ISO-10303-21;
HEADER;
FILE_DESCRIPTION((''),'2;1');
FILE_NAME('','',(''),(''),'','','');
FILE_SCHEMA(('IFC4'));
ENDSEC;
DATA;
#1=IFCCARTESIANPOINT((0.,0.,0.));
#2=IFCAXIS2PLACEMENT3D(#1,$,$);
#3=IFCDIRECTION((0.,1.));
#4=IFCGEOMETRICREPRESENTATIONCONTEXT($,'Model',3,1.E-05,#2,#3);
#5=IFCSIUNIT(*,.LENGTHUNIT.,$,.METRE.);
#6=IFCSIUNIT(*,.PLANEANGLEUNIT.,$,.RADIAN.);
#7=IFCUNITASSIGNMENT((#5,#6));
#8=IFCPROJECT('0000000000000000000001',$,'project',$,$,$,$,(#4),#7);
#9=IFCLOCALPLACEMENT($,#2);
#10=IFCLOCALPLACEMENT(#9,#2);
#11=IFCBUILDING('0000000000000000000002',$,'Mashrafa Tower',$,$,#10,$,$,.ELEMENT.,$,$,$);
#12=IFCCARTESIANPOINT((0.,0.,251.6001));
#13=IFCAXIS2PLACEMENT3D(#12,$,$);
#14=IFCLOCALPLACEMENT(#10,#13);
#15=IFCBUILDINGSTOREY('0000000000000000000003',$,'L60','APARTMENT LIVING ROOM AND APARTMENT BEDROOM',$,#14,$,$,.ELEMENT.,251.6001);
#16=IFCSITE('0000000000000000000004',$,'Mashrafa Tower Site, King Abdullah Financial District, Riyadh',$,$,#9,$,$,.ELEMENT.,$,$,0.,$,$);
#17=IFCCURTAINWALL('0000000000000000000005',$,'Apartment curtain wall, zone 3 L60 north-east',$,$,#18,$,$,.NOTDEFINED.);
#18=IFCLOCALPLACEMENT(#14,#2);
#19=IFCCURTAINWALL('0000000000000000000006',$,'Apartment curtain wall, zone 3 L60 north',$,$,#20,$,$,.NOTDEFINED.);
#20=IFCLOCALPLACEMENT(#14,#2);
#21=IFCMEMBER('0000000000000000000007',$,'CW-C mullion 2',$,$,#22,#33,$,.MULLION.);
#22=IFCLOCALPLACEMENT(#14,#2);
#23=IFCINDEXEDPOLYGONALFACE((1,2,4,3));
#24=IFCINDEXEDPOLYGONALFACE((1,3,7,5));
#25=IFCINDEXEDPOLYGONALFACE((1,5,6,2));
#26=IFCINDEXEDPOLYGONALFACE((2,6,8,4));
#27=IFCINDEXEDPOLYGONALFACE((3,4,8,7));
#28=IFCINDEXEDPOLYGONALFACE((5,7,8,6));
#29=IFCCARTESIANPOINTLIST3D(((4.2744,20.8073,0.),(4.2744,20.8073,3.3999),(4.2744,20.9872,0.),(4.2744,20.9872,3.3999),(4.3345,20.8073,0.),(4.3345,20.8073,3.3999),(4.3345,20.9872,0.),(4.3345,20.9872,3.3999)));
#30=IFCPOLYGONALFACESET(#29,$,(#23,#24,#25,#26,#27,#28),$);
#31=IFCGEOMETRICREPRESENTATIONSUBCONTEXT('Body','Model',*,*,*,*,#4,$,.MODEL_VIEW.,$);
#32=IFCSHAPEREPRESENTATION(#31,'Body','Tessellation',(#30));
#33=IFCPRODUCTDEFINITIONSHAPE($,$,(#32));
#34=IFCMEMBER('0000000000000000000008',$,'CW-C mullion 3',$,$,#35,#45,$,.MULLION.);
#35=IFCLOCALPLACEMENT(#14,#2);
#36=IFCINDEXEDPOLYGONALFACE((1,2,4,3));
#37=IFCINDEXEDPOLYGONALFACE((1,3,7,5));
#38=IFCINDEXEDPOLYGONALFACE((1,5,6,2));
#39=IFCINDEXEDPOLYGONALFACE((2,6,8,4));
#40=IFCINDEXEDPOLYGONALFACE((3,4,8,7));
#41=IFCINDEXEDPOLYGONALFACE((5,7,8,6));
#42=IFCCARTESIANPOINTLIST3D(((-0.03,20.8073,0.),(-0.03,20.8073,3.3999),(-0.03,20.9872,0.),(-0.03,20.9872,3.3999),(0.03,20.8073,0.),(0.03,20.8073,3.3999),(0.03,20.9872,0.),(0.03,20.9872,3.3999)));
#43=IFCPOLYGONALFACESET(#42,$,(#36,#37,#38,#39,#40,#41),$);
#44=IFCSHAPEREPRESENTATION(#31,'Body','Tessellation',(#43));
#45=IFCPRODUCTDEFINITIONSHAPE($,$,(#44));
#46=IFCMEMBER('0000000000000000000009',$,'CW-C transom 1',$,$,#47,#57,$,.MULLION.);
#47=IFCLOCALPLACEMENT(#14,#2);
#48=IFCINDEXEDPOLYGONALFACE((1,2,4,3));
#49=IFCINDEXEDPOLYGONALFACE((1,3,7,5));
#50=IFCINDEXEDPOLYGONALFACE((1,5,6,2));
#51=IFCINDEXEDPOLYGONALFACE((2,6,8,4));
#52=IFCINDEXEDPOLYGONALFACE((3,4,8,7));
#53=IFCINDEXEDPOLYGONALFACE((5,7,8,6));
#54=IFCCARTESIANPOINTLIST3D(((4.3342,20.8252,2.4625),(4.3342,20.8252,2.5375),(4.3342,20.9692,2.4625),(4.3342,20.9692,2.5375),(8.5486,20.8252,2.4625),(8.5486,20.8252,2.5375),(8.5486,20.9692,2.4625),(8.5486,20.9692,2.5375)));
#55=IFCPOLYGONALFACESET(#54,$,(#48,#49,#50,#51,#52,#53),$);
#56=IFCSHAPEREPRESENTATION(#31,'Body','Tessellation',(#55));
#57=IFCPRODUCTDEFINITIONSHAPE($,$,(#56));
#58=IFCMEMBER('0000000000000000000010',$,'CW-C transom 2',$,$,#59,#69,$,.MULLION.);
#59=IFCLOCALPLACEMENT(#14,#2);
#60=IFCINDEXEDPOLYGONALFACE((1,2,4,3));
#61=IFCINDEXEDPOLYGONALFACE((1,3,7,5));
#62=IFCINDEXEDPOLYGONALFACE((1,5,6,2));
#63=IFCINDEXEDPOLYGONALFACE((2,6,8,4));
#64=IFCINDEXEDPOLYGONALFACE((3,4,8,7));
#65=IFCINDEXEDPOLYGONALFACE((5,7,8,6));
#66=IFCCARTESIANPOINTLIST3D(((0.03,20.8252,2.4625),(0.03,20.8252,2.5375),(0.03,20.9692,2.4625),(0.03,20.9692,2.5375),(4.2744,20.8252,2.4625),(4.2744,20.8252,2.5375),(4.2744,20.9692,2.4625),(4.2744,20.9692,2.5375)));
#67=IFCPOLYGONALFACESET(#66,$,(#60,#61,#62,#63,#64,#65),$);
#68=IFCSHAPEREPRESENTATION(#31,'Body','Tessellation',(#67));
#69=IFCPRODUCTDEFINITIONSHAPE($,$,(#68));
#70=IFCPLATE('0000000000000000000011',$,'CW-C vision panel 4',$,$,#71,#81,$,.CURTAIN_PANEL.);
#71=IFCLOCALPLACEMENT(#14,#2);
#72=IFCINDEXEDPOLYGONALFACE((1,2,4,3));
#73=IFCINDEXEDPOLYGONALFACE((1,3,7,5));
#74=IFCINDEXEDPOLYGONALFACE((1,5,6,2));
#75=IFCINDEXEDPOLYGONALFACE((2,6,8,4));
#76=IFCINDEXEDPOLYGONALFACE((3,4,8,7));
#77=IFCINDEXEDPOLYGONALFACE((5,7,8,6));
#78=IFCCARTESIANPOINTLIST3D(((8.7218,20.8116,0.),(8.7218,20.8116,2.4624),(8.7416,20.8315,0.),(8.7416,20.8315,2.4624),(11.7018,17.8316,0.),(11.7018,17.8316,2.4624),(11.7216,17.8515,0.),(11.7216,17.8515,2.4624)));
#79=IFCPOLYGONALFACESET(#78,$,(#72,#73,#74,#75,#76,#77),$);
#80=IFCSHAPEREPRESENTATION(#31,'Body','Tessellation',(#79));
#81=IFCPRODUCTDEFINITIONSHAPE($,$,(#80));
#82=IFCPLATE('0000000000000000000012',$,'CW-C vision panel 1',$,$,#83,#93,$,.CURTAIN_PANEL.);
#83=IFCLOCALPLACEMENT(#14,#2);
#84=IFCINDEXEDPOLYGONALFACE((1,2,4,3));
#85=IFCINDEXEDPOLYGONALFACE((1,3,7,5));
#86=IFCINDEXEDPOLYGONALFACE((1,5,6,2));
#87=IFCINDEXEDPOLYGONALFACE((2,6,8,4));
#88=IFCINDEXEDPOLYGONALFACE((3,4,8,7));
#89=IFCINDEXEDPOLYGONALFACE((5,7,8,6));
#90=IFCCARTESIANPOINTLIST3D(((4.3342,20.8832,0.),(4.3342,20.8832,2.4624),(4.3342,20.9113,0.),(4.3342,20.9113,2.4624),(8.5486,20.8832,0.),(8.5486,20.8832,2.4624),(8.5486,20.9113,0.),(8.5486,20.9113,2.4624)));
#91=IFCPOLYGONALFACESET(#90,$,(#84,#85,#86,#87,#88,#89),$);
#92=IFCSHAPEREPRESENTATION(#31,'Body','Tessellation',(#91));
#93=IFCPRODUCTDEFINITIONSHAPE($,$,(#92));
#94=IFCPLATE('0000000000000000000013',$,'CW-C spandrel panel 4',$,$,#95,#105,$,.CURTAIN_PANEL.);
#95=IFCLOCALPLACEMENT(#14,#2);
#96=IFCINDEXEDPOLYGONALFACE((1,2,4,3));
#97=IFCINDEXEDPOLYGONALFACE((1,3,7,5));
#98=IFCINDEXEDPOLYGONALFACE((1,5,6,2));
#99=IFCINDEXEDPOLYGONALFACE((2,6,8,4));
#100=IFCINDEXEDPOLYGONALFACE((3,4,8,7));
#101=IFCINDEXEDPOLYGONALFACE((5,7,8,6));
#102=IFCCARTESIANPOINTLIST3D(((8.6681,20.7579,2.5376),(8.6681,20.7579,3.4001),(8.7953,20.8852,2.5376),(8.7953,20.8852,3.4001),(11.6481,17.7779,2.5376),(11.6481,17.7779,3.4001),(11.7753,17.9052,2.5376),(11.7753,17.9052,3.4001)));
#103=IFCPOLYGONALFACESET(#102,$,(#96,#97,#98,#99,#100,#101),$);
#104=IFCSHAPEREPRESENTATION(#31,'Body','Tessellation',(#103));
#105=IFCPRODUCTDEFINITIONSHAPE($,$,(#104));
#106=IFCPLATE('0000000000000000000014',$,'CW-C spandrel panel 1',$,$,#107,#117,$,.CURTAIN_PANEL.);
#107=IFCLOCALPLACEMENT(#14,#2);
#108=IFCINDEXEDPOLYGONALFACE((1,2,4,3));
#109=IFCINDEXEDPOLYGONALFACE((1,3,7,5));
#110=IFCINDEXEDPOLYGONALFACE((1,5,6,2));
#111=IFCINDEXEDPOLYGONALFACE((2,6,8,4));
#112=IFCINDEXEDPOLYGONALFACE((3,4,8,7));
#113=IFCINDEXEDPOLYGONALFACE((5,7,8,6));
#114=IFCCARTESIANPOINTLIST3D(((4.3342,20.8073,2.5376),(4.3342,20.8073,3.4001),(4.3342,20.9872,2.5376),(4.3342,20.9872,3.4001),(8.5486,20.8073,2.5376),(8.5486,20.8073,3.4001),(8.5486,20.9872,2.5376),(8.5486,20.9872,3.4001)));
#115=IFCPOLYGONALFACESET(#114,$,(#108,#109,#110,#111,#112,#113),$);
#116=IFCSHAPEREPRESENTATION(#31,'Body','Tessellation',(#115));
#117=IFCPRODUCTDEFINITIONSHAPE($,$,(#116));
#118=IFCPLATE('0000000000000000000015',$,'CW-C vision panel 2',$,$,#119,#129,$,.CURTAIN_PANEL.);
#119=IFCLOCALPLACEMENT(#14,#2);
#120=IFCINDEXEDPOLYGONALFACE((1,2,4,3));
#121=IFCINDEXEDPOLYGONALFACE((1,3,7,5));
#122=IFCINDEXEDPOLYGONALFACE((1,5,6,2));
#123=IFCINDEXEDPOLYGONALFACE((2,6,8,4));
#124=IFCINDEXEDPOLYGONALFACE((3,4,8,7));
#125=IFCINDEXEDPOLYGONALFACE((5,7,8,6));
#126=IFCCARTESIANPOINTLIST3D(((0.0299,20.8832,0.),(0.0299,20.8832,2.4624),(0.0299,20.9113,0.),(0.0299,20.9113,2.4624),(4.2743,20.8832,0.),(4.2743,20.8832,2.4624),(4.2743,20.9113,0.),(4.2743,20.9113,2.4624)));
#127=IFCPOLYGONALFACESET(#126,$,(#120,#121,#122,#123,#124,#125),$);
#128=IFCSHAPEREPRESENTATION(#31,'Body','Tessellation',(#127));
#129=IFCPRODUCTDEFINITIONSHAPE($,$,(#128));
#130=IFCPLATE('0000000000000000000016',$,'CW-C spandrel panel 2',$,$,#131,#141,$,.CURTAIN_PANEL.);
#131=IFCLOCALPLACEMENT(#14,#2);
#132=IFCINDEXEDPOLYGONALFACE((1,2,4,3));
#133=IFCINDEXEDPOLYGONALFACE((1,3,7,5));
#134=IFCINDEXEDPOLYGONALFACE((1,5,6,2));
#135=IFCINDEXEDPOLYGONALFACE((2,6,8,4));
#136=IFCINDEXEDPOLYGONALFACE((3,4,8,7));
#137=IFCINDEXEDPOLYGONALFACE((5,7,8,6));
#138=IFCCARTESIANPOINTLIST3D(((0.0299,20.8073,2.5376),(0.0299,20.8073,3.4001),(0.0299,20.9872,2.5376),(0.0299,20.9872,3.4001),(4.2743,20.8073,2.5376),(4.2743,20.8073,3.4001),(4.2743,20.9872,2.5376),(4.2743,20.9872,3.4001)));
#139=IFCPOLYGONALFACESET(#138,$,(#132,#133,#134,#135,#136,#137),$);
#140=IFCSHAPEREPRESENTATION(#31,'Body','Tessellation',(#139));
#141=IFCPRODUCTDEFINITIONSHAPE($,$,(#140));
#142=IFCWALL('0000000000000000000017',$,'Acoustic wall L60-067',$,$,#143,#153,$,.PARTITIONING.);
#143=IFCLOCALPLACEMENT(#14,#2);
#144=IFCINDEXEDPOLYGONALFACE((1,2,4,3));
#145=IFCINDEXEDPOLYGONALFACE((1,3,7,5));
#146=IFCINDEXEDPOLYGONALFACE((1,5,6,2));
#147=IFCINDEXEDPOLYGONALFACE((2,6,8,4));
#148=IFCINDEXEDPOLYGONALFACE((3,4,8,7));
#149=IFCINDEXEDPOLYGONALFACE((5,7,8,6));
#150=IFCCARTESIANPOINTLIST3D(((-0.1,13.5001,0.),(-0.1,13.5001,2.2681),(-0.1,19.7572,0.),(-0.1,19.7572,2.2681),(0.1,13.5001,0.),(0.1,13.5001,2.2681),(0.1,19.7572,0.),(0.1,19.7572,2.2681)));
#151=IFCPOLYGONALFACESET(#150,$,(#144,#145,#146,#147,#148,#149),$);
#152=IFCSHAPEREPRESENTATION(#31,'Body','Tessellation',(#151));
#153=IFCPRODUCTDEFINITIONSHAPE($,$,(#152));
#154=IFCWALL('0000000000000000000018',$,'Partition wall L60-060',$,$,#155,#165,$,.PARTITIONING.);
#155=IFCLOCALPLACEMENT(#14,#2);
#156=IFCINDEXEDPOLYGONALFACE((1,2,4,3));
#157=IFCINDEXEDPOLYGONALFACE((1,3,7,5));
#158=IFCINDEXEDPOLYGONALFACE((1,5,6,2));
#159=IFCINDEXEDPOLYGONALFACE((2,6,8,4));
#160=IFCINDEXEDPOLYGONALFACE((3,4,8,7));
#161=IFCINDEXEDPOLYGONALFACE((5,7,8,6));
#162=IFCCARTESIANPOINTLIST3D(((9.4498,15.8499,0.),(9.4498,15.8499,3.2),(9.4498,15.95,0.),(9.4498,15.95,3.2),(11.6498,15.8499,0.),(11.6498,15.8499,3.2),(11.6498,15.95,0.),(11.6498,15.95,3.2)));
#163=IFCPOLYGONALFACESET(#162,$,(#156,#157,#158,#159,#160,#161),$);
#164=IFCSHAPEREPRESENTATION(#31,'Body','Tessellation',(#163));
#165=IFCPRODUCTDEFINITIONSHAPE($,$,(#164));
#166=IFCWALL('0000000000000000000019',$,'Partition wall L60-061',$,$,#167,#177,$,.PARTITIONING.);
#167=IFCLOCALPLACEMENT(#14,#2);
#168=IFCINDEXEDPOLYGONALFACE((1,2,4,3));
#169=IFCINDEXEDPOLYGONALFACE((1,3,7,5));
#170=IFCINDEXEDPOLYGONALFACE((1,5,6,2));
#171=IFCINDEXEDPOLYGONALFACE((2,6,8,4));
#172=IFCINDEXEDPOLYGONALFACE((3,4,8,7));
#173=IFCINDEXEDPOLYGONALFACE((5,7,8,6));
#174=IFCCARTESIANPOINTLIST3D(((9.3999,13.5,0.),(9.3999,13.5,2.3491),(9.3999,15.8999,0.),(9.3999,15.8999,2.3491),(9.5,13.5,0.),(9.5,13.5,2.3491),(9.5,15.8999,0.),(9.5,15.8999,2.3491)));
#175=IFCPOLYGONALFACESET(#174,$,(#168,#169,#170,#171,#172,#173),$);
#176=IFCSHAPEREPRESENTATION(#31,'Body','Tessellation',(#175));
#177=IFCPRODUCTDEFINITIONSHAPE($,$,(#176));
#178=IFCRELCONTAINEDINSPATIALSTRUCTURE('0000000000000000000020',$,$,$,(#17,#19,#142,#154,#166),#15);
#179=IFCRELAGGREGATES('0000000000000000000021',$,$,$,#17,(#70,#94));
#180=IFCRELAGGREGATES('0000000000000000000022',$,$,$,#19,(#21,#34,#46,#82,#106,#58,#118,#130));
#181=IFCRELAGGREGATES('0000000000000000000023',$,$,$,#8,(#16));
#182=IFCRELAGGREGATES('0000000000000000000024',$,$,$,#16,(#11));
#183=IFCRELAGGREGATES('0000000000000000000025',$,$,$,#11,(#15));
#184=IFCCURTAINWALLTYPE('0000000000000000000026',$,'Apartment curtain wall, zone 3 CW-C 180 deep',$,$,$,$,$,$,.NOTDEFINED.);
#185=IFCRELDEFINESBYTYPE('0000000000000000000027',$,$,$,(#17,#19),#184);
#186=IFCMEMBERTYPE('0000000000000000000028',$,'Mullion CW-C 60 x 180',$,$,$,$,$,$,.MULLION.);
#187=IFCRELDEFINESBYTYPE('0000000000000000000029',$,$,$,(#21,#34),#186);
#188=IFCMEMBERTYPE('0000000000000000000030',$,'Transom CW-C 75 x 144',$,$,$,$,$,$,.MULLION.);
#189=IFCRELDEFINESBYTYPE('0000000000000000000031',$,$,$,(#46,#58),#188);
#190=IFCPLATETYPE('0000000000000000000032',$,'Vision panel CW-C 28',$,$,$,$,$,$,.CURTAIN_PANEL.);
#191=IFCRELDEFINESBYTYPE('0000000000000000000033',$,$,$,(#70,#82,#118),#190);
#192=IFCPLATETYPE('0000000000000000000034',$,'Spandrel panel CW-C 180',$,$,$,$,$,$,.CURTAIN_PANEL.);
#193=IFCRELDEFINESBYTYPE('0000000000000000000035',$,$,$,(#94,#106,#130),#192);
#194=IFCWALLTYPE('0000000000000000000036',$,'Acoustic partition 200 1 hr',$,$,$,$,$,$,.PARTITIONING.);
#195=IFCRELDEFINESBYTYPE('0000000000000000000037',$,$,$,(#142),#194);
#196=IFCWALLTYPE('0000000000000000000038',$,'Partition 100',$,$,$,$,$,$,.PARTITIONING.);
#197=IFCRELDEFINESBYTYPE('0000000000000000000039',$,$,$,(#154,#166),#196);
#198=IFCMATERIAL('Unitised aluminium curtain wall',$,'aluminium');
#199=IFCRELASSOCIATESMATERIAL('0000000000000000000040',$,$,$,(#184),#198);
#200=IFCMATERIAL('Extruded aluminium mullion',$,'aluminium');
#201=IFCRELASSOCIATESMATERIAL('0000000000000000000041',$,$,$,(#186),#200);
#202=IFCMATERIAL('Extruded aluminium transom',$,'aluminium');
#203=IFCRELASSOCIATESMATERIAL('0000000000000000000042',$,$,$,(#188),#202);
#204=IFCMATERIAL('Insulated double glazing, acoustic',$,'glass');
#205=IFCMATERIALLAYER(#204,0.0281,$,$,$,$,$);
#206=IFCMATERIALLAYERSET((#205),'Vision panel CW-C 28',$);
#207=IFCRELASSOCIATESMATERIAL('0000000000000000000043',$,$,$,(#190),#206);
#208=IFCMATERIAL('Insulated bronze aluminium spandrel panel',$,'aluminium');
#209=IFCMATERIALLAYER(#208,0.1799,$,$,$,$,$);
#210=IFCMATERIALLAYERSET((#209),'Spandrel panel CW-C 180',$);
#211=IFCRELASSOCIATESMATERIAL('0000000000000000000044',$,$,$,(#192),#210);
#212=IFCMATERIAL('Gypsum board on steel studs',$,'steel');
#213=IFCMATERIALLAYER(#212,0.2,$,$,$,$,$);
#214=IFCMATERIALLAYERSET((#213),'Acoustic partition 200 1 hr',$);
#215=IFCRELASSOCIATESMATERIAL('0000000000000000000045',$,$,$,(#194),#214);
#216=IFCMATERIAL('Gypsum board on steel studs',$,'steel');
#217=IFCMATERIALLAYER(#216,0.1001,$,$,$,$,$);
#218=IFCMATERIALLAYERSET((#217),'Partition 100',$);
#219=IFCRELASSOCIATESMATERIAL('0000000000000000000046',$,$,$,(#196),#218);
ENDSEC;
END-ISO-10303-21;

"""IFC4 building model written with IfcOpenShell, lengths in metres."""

from ifc_helpers import new_model, si_unit, direction, frame, frame_2d, origin, origin_2d, place, context, subcontext, project, spatial, rectangle, extrude, source, transform, mapped, material, layer, layer_set, material_profile, profile_set, type_object, type_shapes, element, aggregate, save


model = new_model("IFC4")

# Units and contexts
model_context = context("Model", 3, precision=1e-05, world=origin(), true_north=direction((0.0, 1.0)))
body_context = subcontext(model_context, "Body", "Model", "MODEL_VIEW")
ifc_project = project(units=[si_unit("LENGTHUNIT", "METRE"), si_unit("PLANEANGLEUNIT", "RADIAN")], contexts=[model_context])

# Site, building, storey
site_placement = place(None, origin())
site = spatial("IfcSite", under=ifc_project, at=site_placement, Name="Mashrafa Tower Site, King Abdullah Financial District, Riyadh", CompositionType="ELEMENT", RefElevation=0.0)
building_placement = place(site_placement, origin())
building = spatial("IfcBuilding", under=site, at=building_placement, Name="Mashrafa Tower", CompositionType="ELEMENT")
storey_placement = place(building_placement, frame((0.0, 0.0, 251.6001)))
storey = spatial("IfcBuildingStorey", under=building, at=storey_placement, Name="L60", Description="APARTMENT LIVING ROOM AND APARTMENT BEDROOM", CompositionType="ELEMENT", Elevation=251.6001)

# Curtain wall
ifc_material_1 = material(Name="Unitised aluminium curtain wall", Category="aluminium")
curtain_wall_type = type_object("IfcCurtainWallType", Name="Apartment curtain wall, zone 3 CW-C 180 deep", PredefinedType="NOTDEFINED", material=ifc_material_1)
curtain_wall_1_placement = place(storey_placement, origin())
curtain_wall_1 = element("IfcCurtainWall", 1, at=curtain_wall_1_placement, inside=storey, type_object=curtain_wall_type, Name="Apartment curtain wall, zone 3 L60 north-east", PredefinedType="NOTDEFINED")
ifc_material_2 = material(Name="Extruded aluminium mullion", Category="aluminium")
ifc_material_profile_1 = material_profile(ifc_material_2, rectangle(XDim=0.1799, YDim=0.0601, at=origin_2d()), Name="Mullion 60x180")
ifc_profile_set_1 = profile_set([ifc_material_profile_1], Name="Extruded aluminium mullion")
member_type_1 = type_object("IfcMemberType", Name="Mullion CW-C 60 x 180", PredefinedType="MULLION", material=ifc_profile_set_1)
shared_shape_1 = source(origin(), body_context, "Body", "SweptSolid", [
    extrude(rectangle(XDim=0.1799, YDim=0.0601, at=origin_2d()), origin(), (0.0, 0.0, 1.0), 3.3999),
])
type_shapes(member_type_1, [shared_shape_1])

# Curtain wall, members
curtain_wall_2_placement = place(storey_placement, origin())
curtain_wall_2 = element("IfcCurtainWall", 2, at=curtain_wall_2_placement, inside=storey, type_object=curtain_wall_type, Name="Apartment curtain wall, zone 3 L60 north", PredefinedType="NOTDEFINED")
member_1_placement = place(storey_placement, frame((4.3044, 20.8972, 0.0), z_axis=(0.0, 0.0, 1.0), x_axis=(0.0, -1.0, 0.0)))
member_1 = element("IfcMember", 3, at=member_1_placement, type_object=member_type_1, Name="CW-C mullion 2", PredefinedType="MULLION", context=body_context, shape_type="MappedRepresentation", body=[
    mapped(shared_shape_1, transform((0.0, 0.0, 0.0))),
])
member_2_placement = place(storey_placement, frame((0.0, 20.8972, 0.0), z_axis=(0.0, 0.0, 1.0), x_axis=(0.0, -1.0, 0.0)))
member_2 = element("IfcMember", 4, at=member_2_placement, type_object=member_type_1, Name="CW-C mullion 3", PredefinedType="MULLION", context=body_context, shape_type="MappedRepresentation", body=[
    mapped(shared_shape_1, transform((0.0, 0.0, 0.0))),
])
ifc_material_3 = material(Name="Extruded aluminium transom", Category="aluminium")
ifc_material_profile_2 = material_profile(ifc_material_3, rectangle(XDim=0.144, YDim=0.075, at=origin_2d()), Name="Transom 75x144")
ifc_profile_set_2 = profile_set([ifc_material_profile_2], Name="Extruded aluminium transom")
member_type_2 = type_object("IfcMemberType", Name="Transom CW-C 75 x 144", PredefinedType="MULLION", material=ifc_profile_set_2)
shared_shape_2 = source(origin(), body_context, "Body", "SweptSolid", [
    extrude(rectangle(XDim=0.144, YDim=0.075, at=origin_2d()), origin(), (0.0, 0.0, 1.0), 4.2144),
])
member_3_placement = place(storey_placement, frame((8.5486, 20.8972, 2.5), z_axis=(-1.0, 0.0, 0.0), x_axis=(0.0, -1.0, 0.0)))
member_3 = element("IfcMember", 5, at=member_3_placement, type_object=member_type_2, Name="CW-C transom 1", PredefinedType="MULLION", context=body_context, shape_type="MappedRepresentation", body=[
    mapped(shared_shape_2, transform((0.0, 0.0, 0.0))),
])
shared_shape_3 = source(origin(), body_context, "Body", "SweptSolid", [
    extrude(rectangle(XDim=0.144, YDim=0.075, at=origin_2d()), origin(), (0.0, 0.0, 1.0), 4.2444),
])
type_shapes(member_type_2, [shared_shape_2, shared_shape_3])
member_4_placement = place(storey_placement, frame((4.2744, 20.8972, 2.5), z_axis=(-1.0, 0.0, 0.0), x_axis=(0.0, -1.0, 0.0)))
member_4 = element("IfcMember", 6, at=member_4_placement, type_object=member_type_2, Name="CW-C transom 2", PredefinedType="MULLION", context=body_context, shape_type="MappedRepresentation", body=[
    mapped(shared_shape_3, transform((0.0, 0.0, 0.0))),
])

# Plates
ifc_material_4 = material(Name="Insulated double glazing, acoustic", Category="glass")
ifc_layer_1 = layer(ifc_material_4, 0.0281)
ifc_layer_set_1 = layer_set([ifc_layer_1], Name="Vision panel CW-C 28")
plate_type_1 = type_object("IfcPlateType", Name="Vision panel CW-C 28", PredefinedType="CURTAIN_PANEL", material=ifc_layer_set_1)
shared_shape_4 = source(origin(), body_context, "Body", "SweptSolid", [
    extrude(rectangle(XDim=4.2144, YDim=0.0281, at=origin_2d()), origin(), (0.0, 0.0, 1.0), 2.4624),
])
plate_1_placement = place(storey_placement, frame((10.2217, 19.3315, 0.0), z_axis=(0.0, 0.0, 1.0), x_axis=(-0.707107, 0.707107, 0.0)))
plate_1 = element("IfcPlate", 7, at=plate_1_placement, type_object=plate_type_1, Name="CW-C vision panel 4", PredefinedType="CURTAIN_PANEL", context=body_context, shape_type="MappedRepresentation", body=[
    mapped(shared_shape_4, transform((0.0, 0.0, 0.0))),
])
plate_2_placement = place(storey_placement, frame((6.4414, 20.8972, 0.0), z_axis=(0.0, 0.0, 1.0), x_axis=(-1.0, 0.0, 0.0)))
plate_2 = element("IfcPlate", 8, at=plate_2_placement, type_object=plate_type_1, Name="CW-C vision panel 1", PredefinedType="CURTAIN_PANEL", context=body_context, shape_type="MappedRepresentation", body=[
    mapped(shared_shape_4, transform((0.0, 0.0, 0.0))),
])
ifc_material_5 = material(Name="Insulated bronze aluminium spandrel panel", Category="aluminium")
ifc_layer_2 = layer(ifc_material_5, 0.1799)
ifc_layer_set_2 = layer_set([ifc_layer_2], Name="Spandrel panel CW-C 180")
plate_type_2 = type_object("IfcPlateType", Name="Spandrel panel CW-C 180", PredefinedType="CURTAIN_PANEL", material=ifc_layer_set_2)
shared_shape_5 = source(origin(), body_context, "Body", "SweptSolid", [
    extrude(rectangle(XDim=4.2144, YDim=0.1799, at=origin_2d()), origin(), (0.0, 0.0, 1.0), 0.8625),
])
plate_3_placement = place(storey_placement, frame((10.2217, 19.3315, 2.5376), z_axis=(0.0, 0.0, 1.0), x_axis=(-0.707107, 0.707107, 0.0)))
plate_3 = element("IfcPlate", 9, at=plate_3_placement, type_object=plate_type_2, Name="CW-C spandrel panel 4", PredefinedType="CURTAIN_PANEL", context=body_context, shape_type="MappedRepresentation", body=[
    mapped(shared_shape_5, transform((0.0, 0.0, 0.0))),
])
aggregate(curtain_wall_1, [plate_1, plate_3])
plate_4_placement = place(storey_placement, frame((6.4414, 20.8972, 2.5376), z_axis=(0.0, 0.0, 1.0), x_axis=(-1.0, 0.0, 0.0)))
plate_4 = element("IfcPlate", 10, at=plate_4_placement, type_object=plate_type_2, Name="CW-C spandrel panel 1", PredefinedType="CURTAIN_PANEL", context=body_context, shape_type="MappedRepresentation", body=[
    mapped(shared_shape_5, transform((0.0, 0.0, 0.0))),
])
shared_shape_6 = source(origin(), body_context, "Body", "SweptSolid", [
    extrude(rectangle(XDim=4.2444, YDim=0.0281, at=origin_2d()), origin(), (0.0, 0.0, 1.0), 2.4624),
])
type_shapes(plate_type_1, [shared_shape_4, shared_shape_6])
plate_5_placement = place(storey_placement, frame((2.1521, 20.8972, 0.0), z_axis=(0.0, 0.0, 1.0), x_axis=(-1.0, 0.0, 0.0)))
plate_5 = element("IfcPlate", 11, at=plate_5_placement, type_object=plate_type_1, Name="CW-C vision panel 2", PredefinedType="CURTAIN_PANEL", context=body_context, shape_type="MappedRepresentation", body=[
    mapped(shared_shape_6, transform((0.0, 0.0, 0.0))),
])
shared_shape_7 = source(origin(), body_context, "Body", "SweptSolid", [
    extrude(rectangle(XDim=4.2444, YDim=0.1799, at=origin_2d()), origin(), (0.0, 0.0, 1.0), 0.8625),
])
type_shapes(plate_type_2, [shared_shape_5, shared_shape_7])
plate_6_placement = place(storey_placement, frame((2.1521, 20.8972, 2.5376), z_axis=(0.0, 0.0, 1.0), x_axis=(-1.0, 0.0, 0.0)))
plate_6 = element("IfcPlate", 12, at=plate_6_placement, type_object=plate_type_2, Name="CW-C spandrel panel 2", PredefinedType="CURTAIN_PANEL", context=body_context, shape_type="MappedRepresentation", body=[
    mapped(shared_shape_7, transform((0.0, 0.0, 0.0))),
])
aggregate(curtain_wall_2, [member_1, member_2, member_3, plate_2, plate_4, member_4, plate_5, plate_6])

# Walls
ifc_material_6 = material(Name="Gypsum board on steel studs", Category="steel")
ifc_layer_3 = layer(ifc_material_6, 0.2)
ifc_layer_set_3 = layer_set([ifc_layer_3], Name="Acoustic partition 200 1 hr")
wall_type_1 = type_object("IfcWallType", Name="Acoustic partition 200 1 hr", PredefinedType="PARTITIONING", material=ifc_layer_set_3)
wall_1_placement = place(storey_placement, frame((0.0, 19.7571, 0.0), z_axis=(0.0, 0.0, 1.0), x_axis=(0.0, -1.0, 0.0)))
element("IfcWall", 13, at=wall_1_placement, inside=storey, type_object=wall_type_1, Name="Acoustic wall L60-067", PredefinedType="PARTITIONING", context=body_context, shape_type="SweptSolid", body=[
    extrude(rectangle(XDim=6.2571, YDim=0.2, at=frame_2d((3.1284, 0.0))), origin(), (0.0, 0.0, 1.0), 2.2681),
])
ifc_material_7 = material(Name="Gypsum board on steel studs", Category="steel")
ifc_layer_4 = layer(ifc_material_7, 0.1001)
ifc_layer_set_4 = layer_set([ifc_layer_4], Name="Partition 100")
wall_type_2 = type_object("IfcWallType", Name="Partition 100", PredefinedType="PARTITIONING", material=ifc_layer_set_4)
wall_2_placement = place(storey_placement, frame((11.6499, 15.8999, 0.0), z_axis=(0.0, 0.0, 1.0), x_axis=(-1.0, 0.0, 0.0)))
element("IfcWall", 14, at=wall_2_placement, inside=storey, type_object=wall_type_2, Name="Partition wall L60-060", PredefinedType="PARTITIONING", context=body_context, shape_type="SweptSolid", body=[
    extrude(rectangle(XDim=2.2, YDim=0.1001, at=frame_2d((1.1001, 0.0))), origin(), (0.0, 0.0, 1.0), 3.2),
])
wall_3_placement = place(storey_placement, frame((9.45, 15.8999, 0.0), z_axis=(0.0, 0.0, 1.0), x_axis=(0.0, -1.0, 0.0)))
element("IfcWall", 15, at=wall_3_placement, inside=storey, type_object=wall_type_2, Name="Partition wall L60-061", PredefinedType="PARTITIONING", context=body_context, shape_type="SweptSolid", body=[
    extrude(rectangle(XDim=2.3999, YDim=0.1001, at=frame_2d((1.2, 0.0))), origin(), (0.0, 0.0, 1.0), 2.3491),
])

save(model, "model.ifc")
